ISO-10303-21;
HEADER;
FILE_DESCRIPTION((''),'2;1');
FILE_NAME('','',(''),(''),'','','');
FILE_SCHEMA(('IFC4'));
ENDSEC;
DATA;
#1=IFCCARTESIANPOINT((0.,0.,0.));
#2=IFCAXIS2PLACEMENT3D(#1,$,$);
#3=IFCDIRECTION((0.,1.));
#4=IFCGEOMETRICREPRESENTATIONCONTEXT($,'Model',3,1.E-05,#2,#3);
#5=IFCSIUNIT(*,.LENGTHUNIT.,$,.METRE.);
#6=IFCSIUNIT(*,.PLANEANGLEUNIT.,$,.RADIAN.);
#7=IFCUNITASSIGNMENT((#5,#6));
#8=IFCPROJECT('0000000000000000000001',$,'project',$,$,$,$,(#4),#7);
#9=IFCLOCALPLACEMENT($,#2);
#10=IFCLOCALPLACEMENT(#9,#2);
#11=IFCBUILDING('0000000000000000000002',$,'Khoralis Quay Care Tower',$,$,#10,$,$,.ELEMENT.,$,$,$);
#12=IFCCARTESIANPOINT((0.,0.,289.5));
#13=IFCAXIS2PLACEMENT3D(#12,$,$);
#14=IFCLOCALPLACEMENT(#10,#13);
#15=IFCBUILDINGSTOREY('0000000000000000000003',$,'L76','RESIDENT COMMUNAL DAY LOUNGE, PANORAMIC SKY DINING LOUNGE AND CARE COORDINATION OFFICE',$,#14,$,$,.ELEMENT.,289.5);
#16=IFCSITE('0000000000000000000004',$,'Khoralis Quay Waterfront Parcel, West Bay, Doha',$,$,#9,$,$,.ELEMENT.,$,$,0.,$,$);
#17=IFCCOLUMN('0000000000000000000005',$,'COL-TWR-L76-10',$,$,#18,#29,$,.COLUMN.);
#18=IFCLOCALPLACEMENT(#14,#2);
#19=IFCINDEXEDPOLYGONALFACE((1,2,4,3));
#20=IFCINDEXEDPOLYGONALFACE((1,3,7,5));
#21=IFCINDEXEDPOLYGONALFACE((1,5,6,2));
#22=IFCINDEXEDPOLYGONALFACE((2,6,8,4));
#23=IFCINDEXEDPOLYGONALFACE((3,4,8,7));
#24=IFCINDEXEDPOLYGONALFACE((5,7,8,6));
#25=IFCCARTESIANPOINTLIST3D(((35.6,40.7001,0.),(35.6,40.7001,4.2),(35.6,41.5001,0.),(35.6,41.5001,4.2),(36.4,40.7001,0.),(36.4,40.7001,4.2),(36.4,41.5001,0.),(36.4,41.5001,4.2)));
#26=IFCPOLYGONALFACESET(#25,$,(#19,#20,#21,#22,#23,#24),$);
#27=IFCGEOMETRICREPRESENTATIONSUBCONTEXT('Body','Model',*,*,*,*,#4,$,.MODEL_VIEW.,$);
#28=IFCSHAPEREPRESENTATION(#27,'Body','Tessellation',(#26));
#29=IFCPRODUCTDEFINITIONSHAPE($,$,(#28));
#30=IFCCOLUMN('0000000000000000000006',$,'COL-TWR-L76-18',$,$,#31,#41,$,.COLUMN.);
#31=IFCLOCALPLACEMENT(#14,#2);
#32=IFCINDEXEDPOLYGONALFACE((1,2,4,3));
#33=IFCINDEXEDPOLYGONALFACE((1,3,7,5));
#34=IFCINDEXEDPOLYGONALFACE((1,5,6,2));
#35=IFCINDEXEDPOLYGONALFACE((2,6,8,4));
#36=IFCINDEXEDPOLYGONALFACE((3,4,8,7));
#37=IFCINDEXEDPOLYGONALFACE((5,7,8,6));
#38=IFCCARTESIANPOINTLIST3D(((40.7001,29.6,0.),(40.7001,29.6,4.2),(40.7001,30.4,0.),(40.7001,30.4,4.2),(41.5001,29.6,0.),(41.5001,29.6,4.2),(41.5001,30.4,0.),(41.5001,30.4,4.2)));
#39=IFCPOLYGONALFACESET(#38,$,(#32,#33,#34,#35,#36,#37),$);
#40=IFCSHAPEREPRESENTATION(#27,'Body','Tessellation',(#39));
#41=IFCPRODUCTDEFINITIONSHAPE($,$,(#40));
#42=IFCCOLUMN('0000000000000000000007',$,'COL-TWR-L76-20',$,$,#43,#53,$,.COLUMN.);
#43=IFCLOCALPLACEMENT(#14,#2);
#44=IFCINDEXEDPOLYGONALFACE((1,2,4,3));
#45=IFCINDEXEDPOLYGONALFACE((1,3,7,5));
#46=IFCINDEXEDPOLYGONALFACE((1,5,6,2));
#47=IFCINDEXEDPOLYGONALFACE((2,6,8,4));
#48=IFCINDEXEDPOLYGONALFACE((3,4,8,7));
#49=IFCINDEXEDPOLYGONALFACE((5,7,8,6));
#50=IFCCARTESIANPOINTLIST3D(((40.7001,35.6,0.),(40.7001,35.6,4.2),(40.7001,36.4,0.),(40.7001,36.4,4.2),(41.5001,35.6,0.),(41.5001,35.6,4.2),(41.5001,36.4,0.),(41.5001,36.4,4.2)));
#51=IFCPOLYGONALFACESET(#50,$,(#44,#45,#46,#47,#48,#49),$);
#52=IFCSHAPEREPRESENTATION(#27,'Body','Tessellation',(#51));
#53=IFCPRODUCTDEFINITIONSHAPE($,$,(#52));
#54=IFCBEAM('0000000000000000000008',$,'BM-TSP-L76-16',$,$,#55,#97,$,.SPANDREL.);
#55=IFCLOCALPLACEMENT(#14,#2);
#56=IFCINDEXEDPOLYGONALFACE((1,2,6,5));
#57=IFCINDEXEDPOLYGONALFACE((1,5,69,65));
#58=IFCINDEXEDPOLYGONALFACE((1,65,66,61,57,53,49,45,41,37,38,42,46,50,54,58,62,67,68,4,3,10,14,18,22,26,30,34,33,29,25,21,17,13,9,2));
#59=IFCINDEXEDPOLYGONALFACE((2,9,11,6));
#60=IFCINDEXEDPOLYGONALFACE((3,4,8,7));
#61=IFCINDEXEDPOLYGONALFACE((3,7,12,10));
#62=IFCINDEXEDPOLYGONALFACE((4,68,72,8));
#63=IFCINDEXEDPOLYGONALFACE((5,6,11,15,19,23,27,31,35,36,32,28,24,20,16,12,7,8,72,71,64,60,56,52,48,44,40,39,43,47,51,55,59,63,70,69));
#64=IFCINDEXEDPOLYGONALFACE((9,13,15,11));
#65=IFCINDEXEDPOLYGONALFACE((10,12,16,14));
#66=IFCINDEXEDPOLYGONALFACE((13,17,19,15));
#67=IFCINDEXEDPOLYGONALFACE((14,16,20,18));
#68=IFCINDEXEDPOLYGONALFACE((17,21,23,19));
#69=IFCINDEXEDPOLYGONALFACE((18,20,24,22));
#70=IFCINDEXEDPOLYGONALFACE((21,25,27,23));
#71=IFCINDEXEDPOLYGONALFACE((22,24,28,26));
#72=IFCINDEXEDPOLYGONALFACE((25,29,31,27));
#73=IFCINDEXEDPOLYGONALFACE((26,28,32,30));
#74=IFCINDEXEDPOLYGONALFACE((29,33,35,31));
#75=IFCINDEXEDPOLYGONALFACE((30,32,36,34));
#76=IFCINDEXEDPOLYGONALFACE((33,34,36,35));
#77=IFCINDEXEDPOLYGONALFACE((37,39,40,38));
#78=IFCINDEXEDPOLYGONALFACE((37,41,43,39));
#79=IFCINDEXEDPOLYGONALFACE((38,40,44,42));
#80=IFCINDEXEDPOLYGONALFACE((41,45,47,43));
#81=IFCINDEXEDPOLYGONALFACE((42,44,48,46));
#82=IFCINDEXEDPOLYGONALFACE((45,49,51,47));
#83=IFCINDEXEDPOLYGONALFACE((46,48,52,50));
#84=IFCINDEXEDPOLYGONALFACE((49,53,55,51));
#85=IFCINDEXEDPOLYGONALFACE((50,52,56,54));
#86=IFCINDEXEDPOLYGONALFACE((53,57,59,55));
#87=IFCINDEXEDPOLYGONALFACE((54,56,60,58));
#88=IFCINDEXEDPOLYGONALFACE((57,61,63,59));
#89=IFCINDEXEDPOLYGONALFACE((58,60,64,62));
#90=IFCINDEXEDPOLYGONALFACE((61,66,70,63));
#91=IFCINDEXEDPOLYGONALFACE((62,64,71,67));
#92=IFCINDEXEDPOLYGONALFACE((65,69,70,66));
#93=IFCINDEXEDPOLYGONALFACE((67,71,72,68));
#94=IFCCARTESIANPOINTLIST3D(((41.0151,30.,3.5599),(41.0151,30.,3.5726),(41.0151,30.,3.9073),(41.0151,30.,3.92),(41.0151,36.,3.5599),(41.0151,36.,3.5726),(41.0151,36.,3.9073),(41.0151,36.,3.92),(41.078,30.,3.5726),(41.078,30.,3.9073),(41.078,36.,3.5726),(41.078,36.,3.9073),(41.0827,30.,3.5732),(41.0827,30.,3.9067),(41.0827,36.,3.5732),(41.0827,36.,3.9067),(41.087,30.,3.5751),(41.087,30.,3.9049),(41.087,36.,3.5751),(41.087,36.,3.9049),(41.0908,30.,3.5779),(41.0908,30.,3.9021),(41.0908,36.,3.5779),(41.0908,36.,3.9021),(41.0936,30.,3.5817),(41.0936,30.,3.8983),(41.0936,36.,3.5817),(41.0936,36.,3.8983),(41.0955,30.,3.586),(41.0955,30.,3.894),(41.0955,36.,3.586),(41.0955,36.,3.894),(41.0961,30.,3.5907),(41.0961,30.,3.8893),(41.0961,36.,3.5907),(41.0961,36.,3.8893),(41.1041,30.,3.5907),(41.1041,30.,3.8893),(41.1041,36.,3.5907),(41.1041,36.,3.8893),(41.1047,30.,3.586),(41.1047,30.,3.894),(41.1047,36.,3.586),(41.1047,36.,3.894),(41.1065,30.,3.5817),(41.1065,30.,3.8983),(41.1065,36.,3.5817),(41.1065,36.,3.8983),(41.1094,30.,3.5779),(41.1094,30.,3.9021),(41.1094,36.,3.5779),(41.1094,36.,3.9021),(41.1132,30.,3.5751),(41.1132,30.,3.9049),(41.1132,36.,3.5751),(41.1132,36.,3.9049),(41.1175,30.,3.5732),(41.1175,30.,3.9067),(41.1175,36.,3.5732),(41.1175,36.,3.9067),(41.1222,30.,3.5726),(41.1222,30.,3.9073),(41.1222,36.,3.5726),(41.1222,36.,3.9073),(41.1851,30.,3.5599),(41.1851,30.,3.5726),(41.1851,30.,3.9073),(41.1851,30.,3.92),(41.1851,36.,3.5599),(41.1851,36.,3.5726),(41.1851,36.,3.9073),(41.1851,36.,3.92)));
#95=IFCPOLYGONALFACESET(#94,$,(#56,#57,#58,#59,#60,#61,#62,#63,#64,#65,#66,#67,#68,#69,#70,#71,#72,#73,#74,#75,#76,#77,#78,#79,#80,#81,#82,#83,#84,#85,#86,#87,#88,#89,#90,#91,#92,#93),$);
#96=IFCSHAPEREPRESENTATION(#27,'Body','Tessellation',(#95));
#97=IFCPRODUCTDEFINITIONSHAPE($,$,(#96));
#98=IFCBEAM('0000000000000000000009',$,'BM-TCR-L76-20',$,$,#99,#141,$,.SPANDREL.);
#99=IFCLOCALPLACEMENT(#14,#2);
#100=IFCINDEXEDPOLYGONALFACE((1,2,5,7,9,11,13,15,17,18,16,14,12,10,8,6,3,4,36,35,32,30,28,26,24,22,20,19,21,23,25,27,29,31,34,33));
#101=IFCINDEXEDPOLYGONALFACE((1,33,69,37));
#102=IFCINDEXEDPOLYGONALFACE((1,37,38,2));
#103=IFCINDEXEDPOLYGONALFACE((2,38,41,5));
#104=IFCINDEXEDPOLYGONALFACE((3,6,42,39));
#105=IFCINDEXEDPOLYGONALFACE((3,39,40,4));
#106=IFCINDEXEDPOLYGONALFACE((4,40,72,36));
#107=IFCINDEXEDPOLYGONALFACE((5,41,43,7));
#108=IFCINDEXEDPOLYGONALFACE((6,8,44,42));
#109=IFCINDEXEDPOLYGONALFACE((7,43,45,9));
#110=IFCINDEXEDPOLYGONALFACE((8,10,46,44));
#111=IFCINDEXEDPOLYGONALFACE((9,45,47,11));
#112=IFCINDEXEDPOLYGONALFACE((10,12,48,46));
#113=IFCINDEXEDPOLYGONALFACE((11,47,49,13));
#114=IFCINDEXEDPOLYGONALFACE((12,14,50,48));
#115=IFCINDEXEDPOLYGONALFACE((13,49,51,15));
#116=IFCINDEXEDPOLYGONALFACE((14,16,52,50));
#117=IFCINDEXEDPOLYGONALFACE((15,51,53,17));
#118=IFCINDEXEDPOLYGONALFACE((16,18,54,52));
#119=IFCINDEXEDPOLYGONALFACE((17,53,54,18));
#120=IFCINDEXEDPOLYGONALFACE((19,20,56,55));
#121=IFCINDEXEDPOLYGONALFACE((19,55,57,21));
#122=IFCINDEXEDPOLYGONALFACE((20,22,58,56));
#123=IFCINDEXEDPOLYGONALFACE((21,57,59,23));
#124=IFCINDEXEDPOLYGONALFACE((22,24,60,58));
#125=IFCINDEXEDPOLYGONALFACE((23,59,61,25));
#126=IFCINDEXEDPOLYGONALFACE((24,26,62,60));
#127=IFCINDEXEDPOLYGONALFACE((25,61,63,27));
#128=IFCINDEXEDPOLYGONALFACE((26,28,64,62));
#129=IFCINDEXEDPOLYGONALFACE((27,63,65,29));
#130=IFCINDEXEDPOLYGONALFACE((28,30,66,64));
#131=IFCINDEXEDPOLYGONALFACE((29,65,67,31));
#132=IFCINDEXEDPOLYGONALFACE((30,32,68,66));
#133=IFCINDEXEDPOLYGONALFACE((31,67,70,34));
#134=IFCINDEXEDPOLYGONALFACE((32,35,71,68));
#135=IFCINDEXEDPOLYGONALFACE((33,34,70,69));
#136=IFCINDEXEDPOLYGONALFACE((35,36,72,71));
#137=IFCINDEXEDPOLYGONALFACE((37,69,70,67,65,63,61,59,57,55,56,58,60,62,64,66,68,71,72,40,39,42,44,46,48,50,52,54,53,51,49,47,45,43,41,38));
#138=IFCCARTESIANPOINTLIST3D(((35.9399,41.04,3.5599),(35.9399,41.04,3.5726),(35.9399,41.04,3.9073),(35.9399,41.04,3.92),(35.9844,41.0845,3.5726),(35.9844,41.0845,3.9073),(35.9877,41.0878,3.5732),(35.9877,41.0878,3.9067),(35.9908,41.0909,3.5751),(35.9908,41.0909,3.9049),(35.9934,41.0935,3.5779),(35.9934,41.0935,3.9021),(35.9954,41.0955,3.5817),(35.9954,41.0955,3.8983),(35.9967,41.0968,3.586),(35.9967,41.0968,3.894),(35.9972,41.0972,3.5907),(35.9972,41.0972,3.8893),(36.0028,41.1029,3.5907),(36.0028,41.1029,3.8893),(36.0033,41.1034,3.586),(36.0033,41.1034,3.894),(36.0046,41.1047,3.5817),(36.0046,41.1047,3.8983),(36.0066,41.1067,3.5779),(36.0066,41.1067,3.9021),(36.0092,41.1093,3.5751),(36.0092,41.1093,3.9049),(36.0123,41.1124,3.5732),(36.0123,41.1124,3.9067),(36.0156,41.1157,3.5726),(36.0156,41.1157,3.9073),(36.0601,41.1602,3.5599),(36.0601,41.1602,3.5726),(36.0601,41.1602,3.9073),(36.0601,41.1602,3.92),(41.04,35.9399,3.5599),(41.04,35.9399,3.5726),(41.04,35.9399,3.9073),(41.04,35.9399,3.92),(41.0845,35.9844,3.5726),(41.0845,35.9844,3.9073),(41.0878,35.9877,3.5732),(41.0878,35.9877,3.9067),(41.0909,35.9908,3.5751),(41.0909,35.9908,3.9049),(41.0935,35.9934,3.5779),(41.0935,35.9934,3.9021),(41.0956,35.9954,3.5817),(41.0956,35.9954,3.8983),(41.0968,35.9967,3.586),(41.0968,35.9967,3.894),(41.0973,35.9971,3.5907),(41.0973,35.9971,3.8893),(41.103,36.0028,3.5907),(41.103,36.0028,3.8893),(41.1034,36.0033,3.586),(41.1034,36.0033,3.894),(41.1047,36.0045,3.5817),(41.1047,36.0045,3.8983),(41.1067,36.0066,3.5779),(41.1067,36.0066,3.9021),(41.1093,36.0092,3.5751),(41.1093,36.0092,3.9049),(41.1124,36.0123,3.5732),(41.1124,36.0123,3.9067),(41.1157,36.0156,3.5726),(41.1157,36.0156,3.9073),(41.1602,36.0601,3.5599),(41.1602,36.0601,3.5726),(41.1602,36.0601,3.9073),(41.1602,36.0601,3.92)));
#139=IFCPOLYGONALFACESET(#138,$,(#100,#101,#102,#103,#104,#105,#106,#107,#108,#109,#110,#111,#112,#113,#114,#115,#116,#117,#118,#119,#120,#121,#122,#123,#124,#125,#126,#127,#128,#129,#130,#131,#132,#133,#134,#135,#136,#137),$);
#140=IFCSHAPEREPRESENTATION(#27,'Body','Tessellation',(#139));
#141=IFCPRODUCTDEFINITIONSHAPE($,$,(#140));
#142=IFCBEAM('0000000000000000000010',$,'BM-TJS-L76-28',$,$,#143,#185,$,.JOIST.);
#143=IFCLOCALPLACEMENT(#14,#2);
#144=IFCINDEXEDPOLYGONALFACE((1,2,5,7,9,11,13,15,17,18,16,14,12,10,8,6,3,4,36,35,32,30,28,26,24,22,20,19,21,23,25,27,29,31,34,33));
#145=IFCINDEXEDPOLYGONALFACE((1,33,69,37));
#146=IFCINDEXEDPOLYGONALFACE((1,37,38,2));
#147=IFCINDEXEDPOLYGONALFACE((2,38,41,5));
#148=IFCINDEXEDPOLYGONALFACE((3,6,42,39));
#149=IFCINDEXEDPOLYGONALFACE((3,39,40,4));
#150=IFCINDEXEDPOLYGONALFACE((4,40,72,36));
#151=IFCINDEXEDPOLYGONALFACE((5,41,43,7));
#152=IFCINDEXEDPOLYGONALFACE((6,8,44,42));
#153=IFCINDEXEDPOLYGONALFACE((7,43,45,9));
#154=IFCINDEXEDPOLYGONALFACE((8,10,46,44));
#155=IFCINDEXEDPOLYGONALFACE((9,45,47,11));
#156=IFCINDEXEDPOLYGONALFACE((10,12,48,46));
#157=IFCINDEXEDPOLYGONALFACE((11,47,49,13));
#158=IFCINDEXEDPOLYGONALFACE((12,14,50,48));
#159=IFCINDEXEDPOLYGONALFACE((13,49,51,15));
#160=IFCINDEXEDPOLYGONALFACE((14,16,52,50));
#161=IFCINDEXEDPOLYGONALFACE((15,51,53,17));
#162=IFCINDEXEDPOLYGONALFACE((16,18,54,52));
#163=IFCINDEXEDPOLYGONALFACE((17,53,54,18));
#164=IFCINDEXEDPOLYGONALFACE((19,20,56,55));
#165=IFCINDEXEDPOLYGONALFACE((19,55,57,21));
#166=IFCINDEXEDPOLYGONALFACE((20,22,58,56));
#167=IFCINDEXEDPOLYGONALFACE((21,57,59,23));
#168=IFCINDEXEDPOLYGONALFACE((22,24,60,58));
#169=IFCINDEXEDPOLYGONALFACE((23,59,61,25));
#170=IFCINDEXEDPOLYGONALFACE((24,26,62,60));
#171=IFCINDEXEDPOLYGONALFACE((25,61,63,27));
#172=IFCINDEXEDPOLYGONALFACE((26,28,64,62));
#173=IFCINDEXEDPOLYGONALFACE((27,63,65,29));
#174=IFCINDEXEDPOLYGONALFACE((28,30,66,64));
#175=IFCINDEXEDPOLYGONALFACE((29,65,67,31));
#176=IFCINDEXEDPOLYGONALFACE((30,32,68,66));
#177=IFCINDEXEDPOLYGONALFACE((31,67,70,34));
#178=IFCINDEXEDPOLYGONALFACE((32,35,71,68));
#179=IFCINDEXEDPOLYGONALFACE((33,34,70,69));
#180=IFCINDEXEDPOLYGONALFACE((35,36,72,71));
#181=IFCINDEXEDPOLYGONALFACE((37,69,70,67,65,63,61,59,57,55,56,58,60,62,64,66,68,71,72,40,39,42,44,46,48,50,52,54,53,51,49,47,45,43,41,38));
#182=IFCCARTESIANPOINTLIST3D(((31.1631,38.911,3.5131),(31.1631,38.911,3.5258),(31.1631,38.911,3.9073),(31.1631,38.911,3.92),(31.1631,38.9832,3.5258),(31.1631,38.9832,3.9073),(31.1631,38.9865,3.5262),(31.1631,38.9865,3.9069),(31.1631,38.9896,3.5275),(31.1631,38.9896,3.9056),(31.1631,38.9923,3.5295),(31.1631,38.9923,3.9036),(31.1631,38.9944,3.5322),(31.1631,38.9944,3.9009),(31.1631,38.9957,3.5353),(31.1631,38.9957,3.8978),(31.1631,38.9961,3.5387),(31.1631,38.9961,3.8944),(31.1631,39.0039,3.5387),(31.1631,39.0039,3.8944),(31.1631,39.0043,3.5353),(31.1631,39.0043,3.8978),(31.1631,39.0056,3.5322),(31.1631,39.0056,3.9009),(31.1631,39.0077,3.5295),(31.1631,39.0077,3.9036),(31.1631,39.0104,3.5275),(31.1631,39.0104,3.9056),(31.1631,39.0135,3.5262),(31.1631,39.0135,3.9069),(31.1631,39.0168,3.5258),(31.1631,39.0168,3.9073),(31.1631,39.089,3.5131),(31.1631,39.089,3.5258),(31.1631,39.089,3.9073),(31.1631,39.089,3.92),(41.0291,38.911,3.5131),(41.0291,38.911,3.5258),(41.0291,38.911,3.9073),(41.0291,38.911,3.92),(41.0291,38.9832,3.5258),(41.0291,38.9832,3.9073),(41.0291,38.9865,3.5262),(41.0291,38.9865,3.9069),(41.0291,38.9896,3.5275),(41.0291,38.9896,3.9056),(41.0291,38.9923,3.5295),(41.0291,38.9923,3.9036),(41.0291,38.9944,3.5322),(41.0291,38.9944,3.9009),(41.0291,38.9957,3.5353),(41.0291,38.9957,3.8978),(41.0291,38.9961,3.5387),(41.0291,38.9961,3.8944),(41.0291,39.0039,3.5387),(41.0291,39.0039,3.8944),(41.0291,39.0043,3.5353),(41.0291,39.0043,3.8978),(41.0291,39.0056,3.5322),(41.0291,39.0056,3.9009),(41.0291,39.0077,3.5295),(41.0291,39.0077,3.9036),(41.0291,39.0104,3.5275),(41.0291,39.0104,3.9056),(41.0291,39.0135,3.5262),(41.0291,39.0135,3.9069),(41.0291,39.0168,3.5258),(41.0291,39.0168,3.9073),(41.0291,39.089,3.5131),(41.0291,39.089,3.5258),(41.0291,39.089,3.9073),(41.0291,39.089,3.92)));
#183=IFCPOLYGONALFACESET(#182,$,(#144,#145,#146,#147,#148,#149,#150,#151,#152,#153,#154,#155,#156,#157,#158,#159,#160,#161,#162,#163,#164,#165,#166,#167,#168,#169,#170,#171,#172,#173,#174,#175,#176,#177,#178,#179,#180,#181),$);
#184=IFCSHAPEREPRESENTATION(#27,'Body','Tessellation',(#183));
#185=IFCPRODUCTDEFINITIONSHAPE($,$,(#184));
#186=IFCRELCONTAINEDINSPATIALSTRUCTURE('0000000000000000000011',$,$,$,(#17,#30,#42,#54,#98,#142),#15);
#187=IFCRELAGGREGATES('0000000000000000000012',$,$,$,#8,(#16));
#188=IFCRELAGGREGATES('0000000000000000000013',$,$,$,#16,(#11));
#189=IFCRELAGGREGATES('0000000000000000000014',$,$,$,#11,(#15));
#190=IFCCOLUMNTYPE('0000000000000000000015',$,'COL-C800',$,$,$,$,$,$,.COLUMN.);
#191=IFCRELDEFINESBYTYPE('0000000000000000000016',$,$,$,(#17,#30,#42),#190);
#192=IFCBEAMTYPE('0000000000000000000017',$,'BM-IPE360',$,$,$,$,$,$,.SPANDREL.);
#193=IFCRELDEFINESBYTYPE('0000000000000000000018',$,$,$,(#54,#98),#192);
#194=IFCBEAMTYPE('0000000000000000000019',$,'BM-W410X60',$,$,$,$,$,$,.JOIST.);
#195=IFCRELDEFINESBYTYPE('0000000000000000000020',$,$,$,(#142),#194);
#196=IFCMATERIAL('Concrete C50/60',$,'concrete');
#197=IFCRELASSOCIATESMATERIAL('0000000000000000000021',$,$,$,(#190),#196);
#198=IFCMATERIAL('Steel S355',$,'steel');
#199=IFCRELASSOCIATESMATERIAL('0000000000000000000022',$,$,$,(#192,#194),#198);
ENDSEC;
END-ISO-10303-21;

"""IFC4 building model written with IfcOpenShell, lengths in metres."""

from ifc_helpers import new_model, si_unit, direction, frame, origin, origin_2d, place, context, subcontext, project, spatial, rectangle, i_section, extrude, source, transform, mapped, material, material_profile, profile_set, type_object, element, save


model = new_model("IFC4")

# Units and contexts
model_context = context("Model", 3, precision=1e-05, world=origin(), true_north=direction((0.0, 1.0)))
body_context = subcontext(model_context, "Body", "Model", "MODEL_VIEW")
ifc_project = project(units=[si_unit("LENGTHUNIT", "METRE"), si_unit("PLANEANGLEUNIT", "RADIAN")], contexts=[model_context])

# Site, building, storey
site_placement = place(None, origin())
site = spatial("IfcSite", under=ifc_project, at=site_placement, Name="Khoralis Quay Waterfront Parcel, West Bay, Doha", CompositionType="ELEMENT", RefElevation=0.0)
building_placement = place(site_placement, origin())
building = spatial("IfcBuilding", under=site, at=building_placement, Name="Khoralis Quay Care Tower", CompositionType="ELEMENT")
storey_placement = place(building_placement, frame((0.0, 0.0, 289.5)))
storey = spatial("IfcBuildingStorey", under=building, at=storey_placement, Name="L76", Description="RESIDENT COMMUNAL DAY LOUNGE, PANORAMIC SKY DINING LOUNGE AND CARE COORDINATION OFFICE", CompositionType="ELEMENT", Elevation=289.5)

# Columns
ifc_material_1 = material(Name="Concrete C50/60", Category="concrete")
ifc_material_profile_1 = material_profile(ifc_material_1, rectangle(XDim=0.8, YDim=0.8, at=origin_2d()), Name="Concrete C50/60")
ifc_profile_set_1 = profile_set([ifc_material_profile_1], Name="Concrete C50/60")
column_type = type_object("IfcColumnType", Name="COL-C800", PredefinedType="COLUMN", material=ifc_profile_set_1)
shared_shape_1 = source(origin(), body_context, "Body", "SweptSolid", [
    extrude(rectangle(XDim=0.8, YDim=0.8, at=origin_2d()), origin(), (0.0, 0.0, 1.0), 4.2),
])
for number, where, z_axis, x_axis, name in (
    (1, (36.0, 41.1001, 0.0), (0.0, 0.0, 1.0), (1.0, 0.0, 0.0), "COL-TWR-L76-10"),
    (2, (41.1001, 30.0, 0.0), (0.0, 0.0, 1.0), (1.0, 0.0, 0.0), "COL-TWR-L76-18"),
    (3, (41.1001, 36.0, 0.0), (0.0, 0.0, 1.0), (1.0, 0.0, 0.0), "COL-TWR-L76-20"),
):
    element("IfcColumn", number, at=place(storey_placement, frame(where, z_axis=z_axis, x_axis=x_axis)), inside=storey, type_object=column_type, Name=name, PredefinedType="COLUMN", context=body_context, shape_type="MappedRepresentation", body=[
        mapped(shared_shape_1, transform((0.0, 0.0, 0.0), scale=1.0)),
    ])

# Beams
ifc_material_2 = material(Name="Steel S355", Category="steel")
ifc_material_profile_2 = material_profile(ifc_material_2, i_section(OverallWidth=0.1699, OverallDepth=0.3601, WebThickness=0.0081, FlangeThickness=0.0127, FilletRadius=0.0181, at=origin_2d()), Name="Steel S355")
ifc_profile_set_2 = profile_set([ifc_material_profile_2], Name="Steel S355")
beam_type_1 = type_object("IfcBeamType", Name="BM-IPE360", PredefinedType="SPANDREL", material=ifc_profile_set_2)
shared_shape_2 = source(origin(), body_context, "Body", "SweptSolid", [
    extrude(i_section(OverallWidth=0.1699, OverallDepth=0.3601, WebThickness=0.0081, FlangeThickness=0.0127, FilletRadius=0.0181, at=origin_2d()), origin(), (0.0, 0.0, 1.0), 6.0),
])
beam_1_placement = place(storey_placement, frame((41.1001, 30.0, 3.74), z_axis=(0.0, 1.0, 0.0), x_axis=(-1.0, 0.0, 0.0)))
element("IfcBeam", 4, at=beam_1_placement, inside=storey, type_object=beam_type_1, Name="BM-TSP-L76-16", PredefinedType="SPANDREL", context=body_context, shape_type="MappedRepresentation", body=[
    mapped(shared_shape_2, transform((0.0, 0.0, 0.0), scale=1.0)),
])
shared_shape_3 = source(origin(), body_context, "Body", "SweptSolid", [
    extrude(i_section(OverallWidth=0.1699, OverallDepth=0.3601, WebThickness=0.0081, FlangeThickness=0.0127, FilletRadius=0.0181, at=origin_2d()), origin(), (0.0, 0.0, 1.0), 7.2126),
])
beam_2_placement = place(storey_placement, frame((36.0, 41.1001, 3.74), z_axis=(0.707107, -0.707107, 0.0), x_axis=(0.707107, 0.707107, 0.0)))
element("IfcBeam", 5, at=beam_2_placement, inside=storey, type_object=beam_type_1, Name="BM-TCR-L76-20", PredefinedType="SPANDREL", context=body_context, shape_type="MappedRepresentation", body=[
    mapped(shared_shape_3, transform((0.0, 0.0, 0.0), scale=1.0)),
])
ifc_material_profile_3 = material_profile(ifc_material_2, i_section(OverallWidth=0.178, OverallDepth=0.407, WebThickness=0.0078, FlangeThickness=0.0127, FilletRadius=0.0129, at=origin_2d()), Name="Steel S355")
ifc_profile_set_3 = profile_set([ifc_material_profile_3], Name="Steel S355")
beam_type_2 = type_object("IfcBeamType", Name="BM-W410X60", PredefinedType="JOIST", material=ifc_profile_set_3)
shared_shape_4 = source(origin(), body_context, "Body", "SweptSolid", [
    extrude(i_section(OverallWidth=0.178, OverallDepth=0.407, WebThickness=0.0078, FlangeThickness=0.0127, FilletRadius=0.0129, at=origin_2d()), origin(), (0.0, 0.0, 1.0), 9.866),
])
beam_3_placement = place(storey_placement, frame((31.1631, 39.0, 3.7166), z_axis=(1.0, 0.0, 0.0), x_axis=(0.0, 1.0, 0.0)))
element("IfcBeam", 6, at=beam_3_placement, inside=storey, type_object=beam_type_2, Name="BM-TJS-L76-28", PredefinedType="JOIST", context=body_context, shape_type="MappedRepresentation", body=[
    mapped(shared_shape_4, transform((0.0, 0.0, 0.0), scale=1.0)),
])

save(model, "model.ifc")
